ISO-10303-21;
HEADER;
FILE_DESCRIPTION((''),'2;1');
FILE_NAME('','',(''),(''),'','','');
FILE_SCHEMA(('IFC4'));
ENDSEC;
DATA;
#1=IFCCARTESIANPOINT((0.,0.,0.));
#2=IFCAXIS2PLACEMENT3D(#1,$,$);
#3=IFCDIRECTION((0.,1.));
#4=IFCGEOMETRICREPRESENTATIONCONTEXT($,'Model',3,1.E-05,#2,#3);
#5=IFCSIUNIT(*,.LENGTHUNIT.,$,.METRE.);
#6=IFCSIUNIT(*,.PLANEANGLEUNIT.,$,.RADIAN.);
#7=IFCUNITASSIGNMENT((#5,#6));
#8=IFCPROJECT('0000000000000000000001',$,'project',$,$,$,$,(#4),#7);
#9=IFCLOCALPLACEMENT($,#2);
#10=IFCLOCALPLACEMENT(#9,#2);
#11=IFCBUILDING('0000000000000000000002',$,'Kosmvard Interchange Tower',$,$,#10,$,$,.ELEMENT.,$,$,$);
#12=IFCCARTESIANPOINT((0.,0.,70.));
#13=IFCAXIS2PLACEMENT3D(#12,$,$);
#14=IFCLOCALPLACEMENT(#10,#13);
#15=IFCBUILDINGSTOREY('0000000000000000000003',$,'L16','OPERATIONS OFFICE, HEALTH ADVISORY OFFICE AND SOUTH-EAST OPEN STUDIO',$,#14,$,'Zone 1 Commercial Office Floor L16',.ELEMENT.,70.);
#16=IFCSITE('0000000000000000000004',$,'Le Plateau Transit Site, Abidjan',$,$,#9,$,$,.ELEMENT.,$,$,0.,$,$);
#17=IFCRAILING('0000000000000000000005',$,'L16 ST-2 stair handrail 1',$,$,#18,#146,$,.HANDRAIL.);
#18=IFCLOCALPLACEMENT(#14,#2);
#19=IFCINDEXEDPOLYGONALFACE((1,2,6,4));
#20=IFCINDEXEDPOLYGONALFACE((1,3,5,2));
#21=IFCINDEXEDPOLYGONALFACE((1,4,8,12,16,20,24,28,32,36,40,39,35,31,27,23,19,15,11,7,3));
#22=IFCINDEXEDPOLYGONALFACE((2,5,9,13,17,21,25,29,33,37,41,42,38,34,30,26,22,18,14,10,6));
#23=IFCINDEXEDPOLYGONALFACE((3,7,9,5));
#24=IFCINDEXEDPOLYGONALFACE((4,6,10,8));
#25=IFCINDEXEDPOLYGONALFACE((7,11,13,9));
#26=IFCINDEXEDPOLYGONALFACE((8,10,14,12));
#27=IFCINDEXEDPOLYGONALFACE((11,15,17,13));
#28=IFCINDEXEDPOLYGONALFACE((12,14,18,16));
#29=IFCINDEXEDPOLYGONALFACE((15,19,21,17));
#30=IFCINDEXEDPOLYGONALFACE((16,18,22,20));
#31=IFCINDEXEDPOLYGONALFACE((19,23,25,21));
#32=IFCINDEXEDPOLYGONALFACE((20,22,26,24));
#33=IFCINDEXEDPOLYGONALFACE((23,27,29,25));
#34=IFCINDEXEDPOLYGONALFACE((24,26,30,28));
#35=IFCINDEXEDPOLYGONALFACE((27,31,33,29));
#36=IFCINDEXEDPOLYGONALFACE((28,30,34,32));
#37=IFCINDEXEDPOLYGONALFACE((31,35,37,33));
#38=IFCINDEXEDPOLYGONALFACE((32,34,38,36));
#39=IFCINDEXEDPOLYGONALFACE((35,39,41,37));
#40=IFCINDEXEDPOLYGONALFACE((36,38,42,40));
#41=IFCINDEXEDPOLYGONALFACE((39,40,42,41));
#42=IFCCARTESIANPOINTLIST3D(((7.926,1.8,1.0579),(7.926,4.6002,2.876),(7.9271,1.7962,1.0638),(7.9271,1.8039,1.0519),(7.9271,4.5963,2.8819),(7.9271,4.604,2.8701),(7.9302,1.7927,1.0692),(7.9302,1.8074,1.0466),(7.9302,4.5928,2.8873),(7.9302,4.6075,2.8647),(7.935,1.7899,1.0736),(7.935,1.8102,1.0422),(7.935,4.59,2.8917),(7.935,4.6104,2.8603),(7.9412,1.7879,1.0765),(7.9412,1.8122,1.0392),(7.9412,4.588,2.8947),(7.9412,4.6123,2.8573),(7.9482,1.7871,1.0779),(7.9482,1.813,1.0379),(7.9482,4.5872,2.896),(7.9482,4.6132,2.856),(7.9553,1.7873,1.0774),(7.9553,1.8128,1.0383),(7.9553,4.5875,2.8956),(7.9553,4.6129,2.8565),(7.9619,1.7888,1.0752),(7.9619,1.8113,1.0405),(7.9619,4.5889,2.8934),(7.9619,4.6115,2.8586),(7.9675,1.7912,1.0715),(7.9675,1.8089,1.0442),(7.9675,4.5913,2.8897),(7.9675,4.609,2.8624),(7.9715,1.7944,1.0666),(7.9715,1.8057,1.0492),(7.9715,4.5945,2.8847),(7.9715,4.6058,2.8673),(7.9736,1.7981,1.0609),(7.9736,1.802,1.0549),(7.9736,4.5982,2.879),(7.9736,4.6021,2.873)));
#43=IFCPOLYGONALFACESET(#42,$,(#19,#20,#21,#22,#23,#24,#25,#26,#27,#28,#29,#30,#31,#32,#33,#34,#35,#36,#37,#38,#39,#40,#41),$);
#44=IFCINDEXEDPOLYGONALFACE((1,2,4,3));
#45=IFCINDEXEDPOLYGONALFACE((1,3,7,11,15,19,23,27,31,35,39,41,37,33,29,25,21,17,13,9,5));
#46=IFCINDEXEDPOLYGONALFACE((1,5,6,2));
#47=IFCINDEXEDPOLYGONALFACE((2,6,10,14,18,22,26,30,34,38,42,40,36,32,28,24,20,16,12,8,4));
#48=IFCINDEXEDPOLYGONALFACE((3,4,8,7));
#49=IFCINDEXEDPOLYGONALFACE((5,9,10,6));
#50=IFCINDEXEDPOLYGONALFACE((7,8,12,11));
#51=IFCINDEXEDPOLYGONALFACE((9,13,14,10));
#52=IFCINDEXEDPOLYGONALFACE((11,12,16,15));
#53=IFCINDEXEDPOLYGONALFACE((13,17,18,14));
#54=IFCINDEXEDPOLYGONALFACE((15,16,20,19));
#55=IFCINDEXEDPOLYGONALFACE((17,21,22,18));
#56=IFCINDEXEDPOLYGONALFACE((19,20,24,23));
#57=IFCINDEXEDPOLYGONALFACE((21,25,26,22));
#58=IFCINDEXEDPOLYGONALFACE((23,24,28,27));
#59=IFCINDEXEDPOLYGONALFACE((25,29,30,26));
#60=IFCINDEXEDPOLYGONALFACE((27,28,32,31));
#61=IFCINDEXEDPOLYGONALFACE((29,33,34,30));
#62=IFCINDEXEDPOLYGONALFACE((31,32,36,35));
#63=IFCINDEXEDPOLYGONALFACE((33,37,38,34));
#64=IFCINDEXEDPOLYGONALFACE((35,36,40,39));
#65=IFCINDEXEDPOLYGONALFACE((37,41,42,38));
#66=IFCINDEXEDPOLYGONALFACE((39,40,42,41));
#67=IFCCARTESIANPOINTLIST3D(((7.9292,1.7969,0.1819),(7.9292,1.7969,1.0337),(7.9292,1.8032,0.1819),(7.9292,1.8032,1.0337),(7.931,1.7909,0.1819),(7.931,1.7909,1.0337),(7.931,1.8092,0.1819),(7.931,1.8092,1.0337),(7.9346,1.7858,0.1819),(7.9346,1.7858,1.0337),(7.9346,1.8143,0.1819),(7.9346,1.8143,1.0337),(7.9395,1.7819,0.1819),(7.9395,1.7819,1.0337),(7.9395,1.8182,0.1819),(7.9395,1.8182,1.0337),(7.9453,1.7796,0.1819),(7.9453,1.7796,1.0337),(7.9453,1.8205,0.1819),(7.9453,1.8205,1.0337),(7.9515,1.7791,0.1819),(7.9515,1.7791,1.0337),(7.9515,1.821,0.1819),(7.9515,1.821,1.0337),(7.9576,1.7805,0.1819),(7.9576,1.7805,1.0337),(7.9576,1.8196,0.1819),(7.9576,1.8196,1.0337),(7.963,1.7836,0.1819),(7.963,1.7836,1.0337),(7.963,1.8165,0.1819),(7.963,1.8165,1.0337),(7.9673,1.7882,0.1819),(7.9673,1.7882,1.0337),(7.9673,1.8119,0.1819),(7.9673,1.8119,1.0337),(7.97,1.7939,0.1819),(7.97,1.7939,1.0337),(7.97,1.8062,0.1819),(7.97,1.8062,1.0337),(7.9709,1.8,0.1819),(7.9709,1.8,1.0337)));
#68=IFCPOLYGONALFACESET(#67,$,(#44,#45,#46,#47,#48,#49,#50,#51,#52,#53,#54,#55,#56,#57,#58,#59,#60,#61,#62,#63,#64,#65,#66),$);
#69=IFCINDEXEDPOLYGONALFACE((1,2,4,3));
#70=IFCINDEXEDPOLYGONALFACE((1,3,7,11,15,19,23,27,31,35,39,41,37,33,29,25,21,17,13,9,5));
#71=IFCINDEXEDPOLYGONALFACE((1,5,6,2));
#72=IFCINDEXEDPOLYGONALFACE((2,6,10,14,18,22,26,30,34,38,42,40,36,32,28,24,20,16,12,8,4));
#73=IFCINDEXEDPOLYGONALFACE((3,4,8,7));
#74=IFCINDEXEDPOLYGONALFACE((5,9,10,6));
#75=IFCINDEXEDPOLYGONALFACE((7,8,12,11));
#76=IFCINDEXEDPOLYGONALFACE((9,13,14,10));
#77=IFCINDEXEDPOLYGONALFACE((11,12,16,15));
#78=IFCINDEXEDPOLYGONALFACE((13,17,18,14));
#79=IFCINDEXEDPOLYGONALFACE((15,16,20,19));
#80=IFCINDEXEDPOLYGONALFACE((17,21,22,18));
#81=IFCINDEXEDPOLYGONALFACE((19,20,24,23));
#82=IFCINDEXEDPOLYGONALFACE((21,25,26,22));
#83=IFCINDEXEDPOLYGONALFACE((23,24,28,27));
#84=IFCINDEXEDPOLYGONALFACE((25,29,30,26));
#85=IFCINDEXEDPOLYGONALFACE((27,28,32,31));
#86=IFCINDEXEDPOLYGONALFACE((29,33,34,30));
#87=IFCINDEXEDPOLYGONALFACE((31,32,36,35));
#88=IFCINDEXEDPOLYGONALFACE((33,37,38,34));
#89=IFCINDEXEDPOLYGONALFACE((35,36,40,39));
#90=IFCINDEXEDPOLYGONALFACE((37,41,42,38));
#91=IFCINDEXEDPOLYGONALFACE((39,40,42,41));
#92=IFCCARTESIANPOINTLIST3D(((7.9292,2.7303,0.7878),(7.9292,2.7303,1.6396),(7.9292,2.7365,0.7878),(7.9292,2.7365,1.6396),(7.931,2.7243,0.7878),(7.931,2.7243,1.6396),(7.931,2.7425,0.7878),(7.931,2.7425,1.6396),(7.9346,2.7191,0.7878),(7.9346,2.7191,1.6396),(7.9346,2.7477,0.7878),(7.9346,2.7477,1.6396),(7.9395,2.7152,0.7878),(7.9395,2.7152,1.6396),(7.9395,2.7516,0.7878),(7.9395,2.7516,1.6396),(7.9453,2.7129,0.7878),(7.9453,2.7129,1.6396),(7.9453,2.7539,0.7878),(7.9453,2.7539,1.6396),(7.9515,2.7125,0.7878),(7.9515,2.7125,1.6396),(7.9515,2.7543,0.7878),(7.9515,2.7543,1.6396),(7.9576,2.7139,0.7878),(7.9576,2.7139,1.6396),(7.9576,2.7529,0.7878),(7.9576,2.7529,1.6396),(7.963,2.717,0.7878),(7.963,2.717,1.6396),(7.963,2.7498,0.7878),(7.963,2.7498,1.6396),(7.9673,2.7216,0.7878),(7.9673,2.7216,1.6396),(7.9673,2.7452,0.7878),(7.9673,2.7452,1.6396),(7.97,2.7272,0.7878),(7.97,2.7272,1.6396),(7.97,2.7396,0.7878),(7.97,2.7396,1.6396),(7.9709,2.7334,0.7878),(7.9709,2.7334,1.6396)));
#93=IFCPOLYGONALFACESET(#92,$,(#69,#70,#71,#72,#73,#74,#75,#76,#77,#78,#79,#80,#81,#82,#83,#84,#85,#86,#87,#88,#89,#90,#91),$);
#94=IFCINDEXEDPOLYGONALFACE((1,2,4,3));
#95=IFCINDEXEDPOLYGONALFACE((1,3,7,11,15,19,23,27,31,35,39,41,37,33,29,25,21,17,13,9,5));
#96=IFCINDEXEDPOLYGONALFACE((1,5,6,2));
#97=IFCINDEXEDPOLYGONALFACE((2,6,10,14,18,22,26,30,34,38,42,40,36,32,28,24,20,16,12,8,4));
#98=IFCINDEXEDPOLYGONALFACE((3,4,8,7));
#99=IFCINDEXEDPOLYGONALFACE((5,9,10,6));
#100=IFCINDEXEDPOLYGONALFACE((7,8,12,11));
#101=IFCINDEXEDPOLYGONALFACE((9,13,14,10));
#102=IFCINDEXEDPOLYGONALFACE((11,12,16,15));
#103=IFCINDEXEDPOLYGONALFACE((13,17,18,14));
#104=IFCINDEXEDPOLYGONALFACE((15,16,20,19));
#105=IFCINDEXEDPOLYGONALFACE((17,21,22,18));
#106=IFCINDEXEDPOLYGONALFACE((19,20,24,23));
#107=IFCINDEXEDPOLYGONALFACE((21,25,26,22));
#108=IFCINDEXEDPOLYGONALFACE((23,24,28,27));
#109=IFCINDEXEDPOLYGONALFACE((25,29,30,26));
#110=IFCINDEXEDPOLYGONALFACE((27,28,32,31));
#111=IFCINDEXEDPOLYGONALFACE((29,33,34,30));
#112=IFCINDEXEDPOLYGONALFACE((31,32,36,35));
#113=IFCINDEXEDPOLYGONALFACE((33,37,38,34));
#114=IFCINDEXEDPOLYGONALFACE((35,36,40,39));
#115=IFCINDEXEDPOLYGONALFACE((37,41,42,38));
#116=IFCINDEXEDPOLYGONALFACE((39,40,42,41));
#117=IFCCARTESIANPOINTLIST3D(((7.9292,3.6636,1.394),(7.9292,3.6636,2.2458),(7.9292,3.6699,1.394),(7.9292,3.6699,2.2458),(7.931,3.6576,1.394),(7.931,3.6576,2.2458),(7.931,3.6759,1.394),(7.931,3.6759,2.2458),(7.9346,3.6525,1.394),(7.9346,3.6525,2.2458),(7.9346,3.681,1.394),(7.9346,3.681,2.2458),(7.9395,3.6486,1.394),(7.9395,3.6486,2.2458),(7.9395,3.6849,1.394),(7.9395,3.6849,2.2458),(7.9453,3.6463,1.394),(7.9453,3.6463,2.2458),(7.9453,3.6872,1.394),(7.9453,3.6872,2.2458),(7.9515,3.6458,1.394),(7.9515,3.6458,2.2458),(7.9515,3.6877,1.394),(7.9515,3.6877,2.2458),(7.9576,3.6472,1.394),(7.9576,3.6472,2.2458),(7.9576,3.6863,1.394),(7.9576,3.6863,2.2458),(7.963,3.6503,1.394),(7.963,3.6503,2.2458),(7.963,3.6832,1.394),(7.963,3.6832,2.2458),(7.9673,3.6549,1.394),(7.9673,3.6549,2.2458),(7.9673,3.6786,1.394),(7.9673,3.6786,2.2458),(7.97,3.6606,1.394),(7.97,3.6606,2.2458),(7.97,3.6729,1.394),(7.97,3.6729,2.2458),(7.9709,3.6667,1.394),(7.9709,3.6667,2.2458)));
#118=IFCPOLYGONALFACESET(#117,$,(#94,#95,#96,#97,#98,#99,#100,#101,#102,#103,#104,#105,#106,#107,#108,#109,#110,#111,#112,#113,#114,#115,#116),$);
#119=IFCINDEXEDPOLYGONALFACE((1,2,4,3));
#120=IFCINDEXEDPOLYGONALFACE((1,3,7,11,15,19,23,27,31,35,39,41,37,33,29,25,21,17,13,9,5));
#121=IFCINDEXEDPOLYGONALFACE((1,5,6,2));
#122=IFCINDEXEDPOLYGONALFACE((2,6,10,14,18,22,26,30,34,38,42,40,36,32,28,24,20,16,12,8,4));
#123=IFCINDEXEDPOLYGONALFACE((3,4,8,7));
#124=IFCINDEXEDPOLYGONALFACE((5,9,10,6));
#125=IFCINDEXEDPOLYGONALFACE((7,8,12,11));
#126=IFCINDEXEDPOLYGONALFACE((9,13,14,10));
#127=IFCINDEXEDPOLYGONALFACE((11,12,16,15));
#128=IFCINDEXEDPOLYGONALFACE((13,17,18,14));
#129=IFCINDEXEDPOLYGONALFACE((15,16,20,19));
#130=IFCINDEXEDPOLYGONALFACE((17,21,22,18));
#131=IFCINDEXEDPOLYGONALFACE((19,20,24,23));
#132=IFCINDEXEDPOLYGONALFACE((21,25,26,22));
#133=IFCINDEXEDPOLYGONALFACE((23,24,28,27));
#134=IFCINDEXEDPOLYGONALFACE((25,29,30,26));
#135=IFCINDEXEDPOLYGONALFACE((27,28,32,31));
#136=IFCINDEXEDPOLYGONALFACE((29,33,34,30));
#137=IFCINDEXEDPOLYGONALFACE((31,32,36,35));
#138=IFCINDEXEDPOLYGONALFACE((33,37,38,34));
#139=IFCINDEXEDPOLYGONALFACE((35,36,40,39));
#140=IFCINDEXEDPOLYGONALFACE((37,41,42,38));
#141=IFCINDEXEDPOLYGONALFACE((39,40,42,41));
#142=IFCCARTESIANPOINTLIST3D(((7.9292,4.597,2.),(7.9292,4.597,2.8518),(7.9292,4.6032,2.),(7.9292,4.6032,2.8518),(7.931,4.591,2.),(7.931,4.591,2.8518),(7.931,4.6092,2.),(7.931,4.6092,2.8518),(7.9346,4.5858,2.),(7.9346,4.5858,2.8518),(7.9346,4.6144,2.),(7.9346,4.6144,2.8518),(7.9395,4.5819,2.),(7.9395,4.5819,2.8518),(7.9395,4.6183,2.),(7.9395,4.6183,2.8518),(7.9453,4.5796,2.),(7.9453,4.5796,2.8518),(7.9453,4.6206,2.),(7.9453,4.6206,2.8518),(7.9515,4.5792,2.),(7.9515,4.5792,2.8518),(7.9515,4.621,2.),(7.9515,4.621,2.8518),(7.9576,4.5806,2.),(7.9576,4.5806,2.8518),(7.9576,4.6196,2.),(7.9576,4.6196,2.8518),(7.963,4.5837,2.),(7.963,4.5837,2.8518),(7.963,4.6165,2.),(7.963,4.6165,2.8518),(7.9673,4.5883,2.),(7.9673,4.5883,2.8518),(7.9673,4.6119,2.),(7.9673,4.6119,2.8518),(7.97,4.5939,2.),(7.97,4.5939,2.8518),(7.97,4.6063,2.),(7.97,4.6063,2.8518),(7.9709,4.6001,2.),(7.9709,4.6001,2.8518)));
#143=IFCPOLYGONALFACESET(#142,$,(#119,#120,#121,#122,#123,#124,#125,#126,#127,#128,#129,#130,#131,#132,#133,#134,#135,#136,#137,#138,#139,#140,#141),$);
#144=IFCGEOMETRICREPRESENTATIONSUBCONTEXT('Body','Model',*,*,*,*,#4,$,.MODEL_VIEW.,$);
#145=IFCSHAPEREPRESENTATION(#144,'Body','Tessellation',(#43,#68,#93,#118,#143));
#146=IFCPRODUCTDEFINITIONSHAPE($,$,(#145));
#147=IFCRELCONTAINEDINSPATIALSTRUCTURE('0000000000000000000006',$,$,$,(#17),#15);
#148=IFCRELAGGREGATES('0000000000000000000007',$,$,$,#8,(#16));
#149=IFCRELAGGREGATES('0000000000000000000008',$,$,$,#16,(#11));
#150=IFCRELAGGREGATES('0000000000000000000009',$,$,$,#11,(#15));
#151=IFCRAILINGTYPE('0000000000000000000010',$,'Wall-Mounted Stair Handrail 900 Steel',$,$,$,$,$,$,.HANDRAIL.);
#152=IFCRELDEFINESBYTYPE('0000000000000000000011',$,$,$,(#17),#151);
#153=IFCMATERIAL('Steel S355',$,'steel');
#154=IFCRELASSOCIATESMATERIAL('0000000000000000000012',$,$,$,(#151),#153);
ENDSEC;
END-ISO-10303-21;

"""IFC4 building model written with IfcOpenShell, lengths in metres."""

from ifc_helpers import new_model, si_unit, direction, frame, origin, origin_2d, place, context, subcontext, project, spatial, circle, extrude, source, transform, mapped, material, type_object, element, save


model = new_model("IFC4")

# Units and contexts
model_context = context("Model", 3, precision=1e-05, world=origin(), true_north=direction((0.0, 1.0)))
body_context = subcontext(model_context, "Body", "Model", "MODEL_VIEW")
ifc_project = project(units=[si_unit("LENGTHUNIT", "METRE"), si_unit("PLANEANGLEUNIT", "RADIAN")], contexts=[model_context])

# Site, building, storey
site_placement = place(None, origin())
site = spatial("IfcSite", under=ifc_project, at=site_placement, Name="Le Plateau Transit Site, Abidjan", CompositionType="ELEMENT", RefElevation=0.0)
building_placement = place(site_placement, origin())
building = spatial("IfcBuilding", under=site, at=building_placement, Name="Kosmvard Interchange Tower", CompositionType="ELEMENT")
storey_placement = place(building_placement, frame((0.0, 0.0, 70.0)))
storey = spatial("IfcBuildingStorey", under=building, at=storey_placement, Name="L16", Description="OPERATIONS OFFICE, HEALTH ADVISORY OFFICE AND SOUTH-EAST OPEN STUDIO", LongName="Zone 1 Commercial Office Floor L16", CompositionType="ELEMENT", Elevation=70.0)

# Shared definitions
ifc_material_1 = material(Name="Steel S355", Category="steel")

# Railing
railing_type_1 = type_object("IfcRailingType", Name="Wall-Mounted Stair Handrail 900 Steel", PredefinedType="HANDRAIL", material=ifc_material_1)
shared_shape_1 = source(origin(), body_context, "Body", "SweptSolid", [
    extrude(circle(Radius=0.0239, at=origin_2d()), frame((0.0, 0.0, 0.876), z_axis=(0.0, 0.838706, 0.544585), x_axis=(-1.0, 0.0, 0.0)), (0.0, 0.0, 1.0), 3.3386),
    extrude(circle(Radius=0.021, at=origin_2d()), origin(), (0.0, 0.0, 1.0), 0.8518),
    extrude(circle(Radius=0.021, at=origin_2d()), frame((0.0, 0.9333, 0.606)), (0.0, 0.0, 1.0), 0.8518),
    extrude(circle(Radius=0.021, at=origin_2d()), frame((0.0, 1.8667, 1.2122)), (0.0, 0.0, 1.0), 0.8518),
    extrude(circle(Radius=0.021, at=origin_2d()), frame((0.0, 2.8, 1.8181)), (0.0, 0.0, 1.0), 0.8518),
])
railing_1_placement = place(storey_placement, frame((7.95, 1.8, 0.1819)))
element("IfcRailing", 1, at=railing_1_placement, inside=storey, type_object=railing_type_1, Name="L16 ST-2 stair handrail 1", PredefinedType="HANDRAIL", context=body_context, shape_type="MappedRepresentation", body=[
    mapped(shared_shape_1, transform((0.0, 0.0, 0.0), scale=1.0)),
])

save(model, "model.ifc")
